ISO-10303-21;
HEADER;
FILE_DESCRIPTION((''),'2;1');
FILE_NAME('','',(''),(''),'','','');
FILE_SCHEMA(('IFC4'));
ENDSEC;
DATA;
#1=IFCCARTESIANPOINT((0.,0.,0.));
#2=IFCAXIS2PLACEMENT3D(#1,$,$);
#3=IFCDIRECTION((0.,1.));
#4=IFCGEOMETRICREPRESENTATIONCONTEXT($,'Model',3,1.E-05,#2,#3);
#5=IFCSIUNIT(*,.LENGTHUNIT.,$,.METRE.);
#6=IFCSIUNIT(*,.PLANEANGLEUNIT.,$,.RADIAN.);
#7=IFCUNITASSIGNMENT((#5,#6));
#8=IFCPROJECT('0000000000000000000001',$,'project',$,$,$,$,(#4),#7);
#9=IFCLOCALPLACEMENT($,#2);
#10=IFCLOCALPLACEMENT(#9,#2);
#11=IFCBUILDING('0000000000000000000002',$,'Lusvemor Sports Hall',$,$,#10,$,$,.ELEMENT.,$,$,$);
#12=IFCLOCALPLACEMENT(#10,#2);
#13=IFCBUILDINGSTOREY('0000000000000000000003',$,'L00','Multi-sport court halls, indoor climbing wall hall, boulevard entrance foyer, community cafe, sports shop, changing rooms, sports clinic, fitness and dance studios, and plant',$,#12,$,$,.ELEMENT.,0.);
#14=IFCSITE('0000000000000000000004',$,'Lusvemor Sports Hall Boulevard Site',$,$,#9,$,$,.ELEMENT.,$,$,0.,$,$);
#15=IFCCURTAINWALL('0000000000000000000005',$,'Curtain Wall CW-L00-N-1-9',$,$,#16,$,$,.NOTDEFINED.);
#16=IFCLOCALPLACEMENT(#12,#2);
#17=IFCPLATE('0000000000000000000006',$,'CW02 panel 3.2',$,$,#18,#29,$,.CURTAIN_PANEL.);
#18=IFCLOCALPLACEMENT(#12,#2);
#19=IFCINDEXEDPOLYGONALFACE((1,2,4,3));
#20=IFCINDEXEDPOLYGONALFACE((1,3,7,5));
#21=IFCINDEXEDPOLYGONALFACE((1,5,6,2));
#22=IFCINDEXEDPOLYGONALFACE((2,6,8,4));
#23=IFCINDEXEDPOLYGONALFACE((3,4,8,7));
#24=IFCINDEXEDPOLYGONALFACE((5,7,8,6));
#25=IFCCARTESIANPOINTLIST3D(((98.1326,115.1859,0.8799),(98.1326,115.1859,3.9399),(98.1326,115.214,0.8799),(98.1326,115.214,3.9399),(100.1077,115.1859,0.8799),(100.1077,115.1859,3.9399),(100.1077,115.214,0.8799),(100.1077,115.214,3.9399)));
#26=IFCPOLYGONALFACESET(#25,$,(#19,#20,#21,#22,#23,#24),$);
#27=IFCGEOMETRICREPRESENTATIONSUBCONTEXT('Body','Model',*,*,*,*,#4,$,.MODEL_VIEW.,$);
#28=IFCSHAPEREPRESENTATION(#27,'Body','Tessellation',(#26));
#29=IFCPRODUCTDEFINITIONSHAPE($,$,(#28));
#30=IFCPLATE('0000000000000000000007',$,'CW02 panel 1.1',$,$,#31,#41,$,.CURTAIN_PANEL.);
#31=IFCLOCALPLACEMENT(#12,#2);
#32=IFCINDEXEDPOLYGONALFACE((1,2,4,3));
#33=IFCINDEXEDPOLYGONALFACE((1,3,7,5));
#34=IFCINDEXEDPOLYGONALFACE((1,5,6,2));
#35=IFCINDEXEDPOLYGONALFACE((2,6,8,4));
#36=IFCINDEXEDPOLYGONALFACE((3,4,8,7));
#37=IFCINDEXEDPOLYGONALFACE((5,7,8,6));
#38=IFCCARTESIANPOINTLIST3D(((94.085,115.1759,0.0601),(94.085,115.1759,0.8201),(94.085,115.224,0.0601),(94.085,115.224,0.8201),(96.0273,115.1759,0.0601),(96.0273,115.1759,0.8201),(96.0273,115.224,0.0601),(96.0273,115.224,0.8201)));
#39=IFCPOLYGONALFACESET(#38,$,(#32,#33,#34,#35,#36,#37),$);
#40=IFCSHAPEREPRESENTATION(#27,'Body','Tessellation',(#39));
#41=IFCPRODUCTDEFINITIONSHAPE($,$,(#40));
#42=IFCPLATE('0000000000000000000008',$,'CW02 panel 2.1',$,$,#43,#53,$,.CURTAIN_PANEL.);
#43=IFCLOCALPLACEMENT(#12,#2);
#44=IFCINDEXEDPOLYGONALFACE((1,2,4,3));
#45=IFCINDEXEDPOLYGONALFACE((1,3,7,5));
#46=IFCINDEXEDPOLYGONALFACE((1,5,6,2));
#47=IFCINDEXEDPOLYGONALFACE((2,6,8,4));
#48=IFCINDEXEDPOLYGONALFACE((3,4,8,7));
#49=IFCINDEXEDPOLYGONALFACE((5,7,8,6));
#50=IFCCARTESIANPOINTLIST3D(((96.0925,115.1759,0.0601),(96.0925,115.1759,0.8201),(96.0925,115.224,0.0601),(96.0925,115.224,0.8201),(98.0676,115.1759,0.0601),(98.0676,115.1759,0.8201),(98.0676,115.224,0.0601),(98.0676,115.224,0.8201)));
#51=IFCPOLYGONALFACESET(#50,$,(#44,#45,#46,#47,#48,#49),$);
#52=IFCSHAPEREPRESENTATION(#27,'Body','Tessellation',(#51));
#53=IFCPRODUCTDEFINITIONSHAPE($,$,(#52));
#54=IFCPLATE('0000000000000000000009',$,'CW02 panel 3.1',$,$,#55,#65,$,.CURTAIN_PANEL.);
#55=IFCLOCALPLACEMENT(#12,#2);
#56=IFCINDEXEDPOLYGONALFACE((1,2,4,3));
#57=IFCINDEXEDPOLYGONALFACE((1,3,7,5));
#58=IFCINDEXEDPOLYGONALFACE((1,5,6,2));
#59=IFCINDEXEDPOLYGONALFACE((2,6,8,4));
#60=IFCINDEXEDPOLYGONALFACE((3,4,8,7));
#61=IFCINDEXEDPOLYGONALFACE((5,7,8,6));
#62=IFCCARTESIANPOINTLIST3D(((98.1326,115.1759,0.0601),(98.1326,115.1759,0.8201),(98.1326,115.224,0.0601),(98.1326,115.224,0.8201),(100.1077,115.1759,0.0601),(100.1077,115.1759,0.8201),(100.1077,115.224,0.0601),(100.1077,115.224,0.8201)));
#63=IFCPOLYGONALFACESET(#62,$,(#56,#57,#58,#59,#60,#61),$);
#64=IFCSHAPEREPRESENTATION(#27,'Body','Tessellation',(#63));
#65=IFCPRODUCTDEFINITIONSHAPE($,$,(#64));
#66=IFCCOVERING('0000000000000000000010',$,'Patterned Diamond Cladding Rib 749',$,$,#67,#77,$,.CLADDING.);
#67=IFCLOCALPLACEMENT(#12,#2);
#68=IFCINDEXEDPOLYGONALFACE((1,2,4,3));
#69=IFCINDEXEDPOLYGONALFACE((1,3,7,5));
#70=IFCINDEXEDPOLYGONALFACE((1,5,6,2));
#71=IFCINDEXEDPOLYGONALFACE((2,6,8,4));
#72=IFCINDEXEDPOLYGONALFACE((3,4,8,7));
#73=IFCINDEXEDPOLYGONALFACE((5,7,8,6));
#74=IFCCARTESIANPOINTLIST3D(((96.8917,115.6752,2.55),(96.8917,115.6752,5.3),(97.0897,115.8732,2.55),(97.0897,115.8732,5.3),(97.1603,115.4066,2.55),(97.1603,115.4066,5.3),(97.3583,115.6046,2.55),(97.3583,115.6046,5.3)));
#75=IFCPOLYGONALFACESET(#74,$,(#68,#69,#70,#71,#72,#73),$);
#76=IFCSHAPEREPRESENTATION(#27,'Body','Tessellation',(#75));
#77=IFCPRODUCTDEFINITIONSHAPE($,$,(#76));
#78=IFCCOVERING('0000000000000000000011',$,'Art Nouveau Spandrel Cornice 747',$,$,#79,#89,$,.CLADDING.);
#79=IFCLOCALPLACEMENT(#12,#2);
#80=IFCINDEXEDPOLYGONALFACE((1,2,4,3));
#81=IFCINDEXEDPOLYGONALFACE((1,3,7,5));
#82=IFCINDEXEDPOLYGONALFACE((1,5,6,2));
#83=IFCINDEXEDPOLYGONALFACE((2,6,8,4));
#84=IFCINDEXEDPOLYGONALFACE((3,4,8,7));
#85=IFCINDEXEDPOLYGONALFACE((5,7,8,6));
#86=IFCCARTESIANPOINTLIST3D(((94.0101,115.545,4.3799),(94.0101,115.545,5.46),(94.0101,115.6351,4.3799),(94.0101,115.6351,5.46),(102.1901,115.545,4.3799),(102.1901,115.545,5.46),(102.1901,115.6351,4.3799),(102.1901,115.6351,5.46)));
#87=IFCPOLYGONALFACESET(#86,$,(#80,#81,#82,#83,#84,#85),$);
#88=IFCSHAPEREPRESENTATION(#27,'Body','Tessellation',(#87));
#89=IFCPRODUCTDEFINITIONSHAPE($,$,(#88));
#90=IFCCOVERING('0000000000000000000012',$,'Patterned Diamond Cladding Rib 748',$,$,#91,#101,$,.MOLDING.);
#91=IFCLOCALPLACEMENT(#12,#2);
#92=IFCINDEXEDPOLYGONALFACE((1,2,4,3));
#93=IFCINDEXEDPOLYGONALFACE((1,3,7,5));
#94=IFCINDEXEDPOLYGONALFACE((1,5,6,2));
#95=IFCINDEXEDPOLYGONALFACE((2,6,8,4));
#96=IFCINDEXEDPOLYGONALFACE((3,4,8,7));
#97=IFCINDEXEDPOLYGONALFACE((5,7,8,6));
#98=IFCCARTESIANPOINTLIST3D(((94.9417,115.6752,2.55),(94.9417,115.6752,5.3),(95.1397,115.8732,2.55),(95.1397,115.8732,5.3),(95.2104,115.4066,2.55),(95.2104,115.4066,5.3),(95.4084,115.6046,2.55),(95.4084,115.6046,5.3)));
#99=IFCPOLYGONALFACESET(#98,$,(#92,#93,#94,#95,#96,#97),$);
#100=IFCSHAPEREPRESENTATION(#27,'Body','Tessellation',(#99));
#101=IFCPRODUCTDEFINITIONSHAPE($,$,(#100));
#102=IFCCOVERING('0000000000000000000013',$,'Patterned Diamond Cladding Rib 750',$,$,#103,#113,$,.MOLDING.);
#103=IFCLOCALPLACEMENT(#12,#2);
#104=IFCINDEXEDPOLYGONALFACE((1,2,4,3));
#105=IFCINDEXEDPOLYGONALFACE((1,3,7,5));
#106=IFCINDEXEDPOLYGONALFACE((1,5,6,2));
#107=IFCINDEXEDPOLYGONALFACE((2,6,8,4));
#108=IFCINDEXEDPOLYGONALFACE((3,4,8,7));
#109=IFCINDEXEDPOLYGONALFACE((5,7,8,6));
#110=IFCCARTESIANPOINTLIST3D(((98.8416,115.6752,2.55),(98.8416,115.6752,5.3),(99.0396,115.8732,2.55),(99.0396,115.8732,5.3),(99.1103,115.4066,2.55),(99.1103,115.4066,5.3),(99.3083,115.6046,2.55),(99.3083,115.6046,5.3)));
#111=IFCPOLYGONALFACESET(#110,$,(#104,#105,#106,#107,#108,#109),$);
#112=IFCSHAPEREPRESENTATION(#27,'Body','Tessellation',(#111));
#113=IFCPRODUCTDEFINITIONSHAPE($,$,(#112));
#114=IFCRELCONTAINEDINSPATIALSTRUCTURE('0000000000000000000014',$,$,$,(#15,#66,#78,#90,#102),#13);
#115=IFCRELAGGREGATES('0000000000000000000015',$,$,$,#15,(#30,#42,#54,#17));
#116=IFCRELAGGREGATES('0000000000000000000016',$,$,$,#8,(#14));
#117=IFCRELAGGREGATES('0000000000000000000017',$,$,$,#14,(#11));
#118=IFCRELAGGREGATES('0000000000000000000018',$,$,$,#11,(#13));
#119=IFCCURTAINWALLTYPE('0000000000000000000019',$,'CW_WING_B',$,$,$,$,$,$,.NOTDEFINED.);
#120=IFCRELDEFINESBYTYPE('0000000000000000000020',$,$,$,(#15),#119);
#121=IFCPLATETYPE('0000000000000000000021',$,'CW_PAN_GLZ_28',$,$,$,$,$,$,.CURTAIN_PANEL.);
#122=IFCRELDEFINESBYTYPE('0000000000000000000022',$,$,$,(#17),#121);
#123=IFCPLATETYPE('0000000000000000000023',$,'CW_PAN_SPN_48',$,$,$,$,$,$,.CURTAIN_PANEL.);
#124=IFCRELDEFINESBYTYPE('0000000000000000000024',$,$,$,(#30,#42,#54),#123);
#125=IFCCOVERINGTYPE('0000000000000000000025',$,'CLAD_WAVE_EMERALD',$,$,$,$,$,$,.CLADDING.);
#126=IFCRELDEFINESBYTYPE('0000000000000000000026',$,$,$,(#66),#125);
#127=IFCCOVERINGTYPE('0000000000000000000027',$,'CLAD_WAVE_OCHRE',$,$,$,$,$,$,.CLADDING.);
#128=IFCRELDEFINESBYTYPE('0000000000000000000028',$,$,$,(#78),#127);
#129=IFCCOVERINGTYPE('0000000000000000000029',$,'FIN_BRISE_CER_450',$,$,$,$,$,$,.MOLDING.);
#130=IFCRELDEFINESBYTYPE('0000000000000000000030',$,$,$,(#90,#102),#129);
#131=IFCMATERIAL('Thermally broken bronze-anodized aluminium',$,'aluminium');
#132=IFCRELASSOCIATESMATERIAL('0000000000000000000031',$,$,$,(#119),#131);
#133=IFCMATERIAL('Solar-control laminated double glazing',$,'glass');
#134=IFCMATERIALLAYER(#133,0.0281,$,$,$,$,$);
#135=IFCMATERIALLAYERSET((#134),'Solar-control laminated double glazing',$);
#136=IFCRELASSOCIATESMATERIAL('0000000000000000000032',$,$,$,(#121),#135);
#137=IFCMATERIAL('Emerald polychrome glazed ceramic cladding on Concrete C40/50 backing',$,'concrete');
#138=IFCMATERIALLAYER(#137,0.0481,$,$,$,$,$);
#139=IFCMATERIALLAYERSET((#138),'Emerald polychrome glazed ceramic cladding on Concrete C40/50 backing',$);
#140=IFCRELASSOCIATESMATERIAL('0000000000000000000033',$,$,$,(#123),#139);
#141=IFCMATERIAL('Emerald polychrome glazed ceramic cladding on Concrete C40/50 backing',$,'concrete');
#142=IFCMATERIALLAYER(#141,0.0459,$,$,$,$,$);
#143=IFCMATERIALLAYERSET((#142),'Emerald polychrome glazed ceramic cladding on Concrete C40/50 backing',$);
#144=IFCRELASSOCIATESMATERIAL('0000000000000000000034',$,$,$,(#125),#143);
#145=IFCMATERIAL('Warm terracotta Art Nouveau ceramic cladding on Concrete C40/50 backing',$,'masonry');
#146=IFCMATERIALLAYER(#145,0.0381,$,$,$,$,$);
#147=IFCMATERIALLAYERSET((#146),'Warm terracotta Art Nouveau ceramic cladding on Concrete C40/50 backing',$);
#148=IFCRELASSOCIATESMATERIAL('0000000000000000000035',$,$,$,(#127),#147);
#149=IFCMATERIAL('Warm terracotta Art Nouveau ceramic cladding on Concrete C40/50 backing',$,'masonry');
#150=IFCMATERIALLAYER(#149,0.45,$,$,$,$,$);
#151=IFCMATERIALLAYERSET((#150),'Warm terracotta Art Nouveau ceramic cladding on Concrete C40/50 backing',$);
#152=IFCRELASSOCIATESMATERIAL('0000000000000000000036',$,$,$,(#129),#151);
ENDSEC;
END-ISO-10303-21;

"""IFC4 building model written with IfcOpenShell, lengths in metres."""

from ifc_helpers import new_model, si_unit, direction, frame, origin, origin_2d, place, context, subcontext, project, spatial, rectangle, extrude, material, layer, layer_set, type_object, element, aggregate, save


model = new_model("IFC4")

# Units and contexts
model_context = context("Model", 3, precision=1e-05, world=origin(), true_north=direction((0.0, 1.0)))
body_context = subcontext(model_context, "Body", "Model", "MODEL_VIEW")
ifc_project = project(units=[si_unit("LENGTHUNIT", "METRE"), si_unit("PLANEANGLEUNIT", "RADIAN")], contexts=[model_context])

# Site, building, storey
site_placement = place(None, origin())
site = spatial("IfcSite", under=ifc_project, at=site_placement, Name="Lusvemor Sports Hall Boulevard Site", CompositionType="ELEMENT", RefElevation=0.0)
building_placement = place(site_placement, origin())
building = spatial("IfcBuilding", under=site, at=building_placement, Name="Lusvemor Sports Hall", CompositionType="ELEMENT")
storey_placement = place(building_placement, origin())
storey = spatial("IfcBuildingStorey", under=building, at=storey_placement, Name="L00", Description="Multi-sport court halls, indoor climbing wall hall, boulevard entrance foyer, community cafe, sports shop, changing rooms, sports clinic, fitness and dance studios, and plant", CompositionType="ELEMENT", Elevation=0.0)

# Curtain wall, plates
ifc_material_1 = material(Name="Thermally broken bronze-anodized aluminium", Category="aluminium")
curtain_wall_type = type_object("IfcCurtainWallType", Name="CW_WING_B", PredefinedType="NOTDEFINED", material=ifc_material_1)
curtain_wall_placement = place(storey_placement, origin())
curtain_wall = element("IfcCurtainWall", 1, at=curtain_wall_placement, inside=storey, type_object=curtain_wall_type, Name="Curtain Wall CW-L00-N-1-9", PredefinedType="NOTDEFINED")
ifc_material_2 = material(Name="Solar-control laminated double glazing", Category="glass")
ifc_layer_1 = layer(ifc_material_2, 0.0281)
ifc_layer_set_1 = layer_set([ifc_layer_1], Name="Solar-control laminated double glazing")
plate_type_1 = type_object("IfcPlateType", Name="CW_PAN_GLZ_28", PredefinedType="CURTAIN_PANEL", material=ifc_layer_set_1)
plate_1_placement = place(storey_placement, frame((99.1201, 115.2, 0.8799), z_axis=(0.0, 0.0, 1.0), x_axis=(1.0, 0.0, 0.0)))
plate_1 = element("IfcPlate", 2, at=plate_1_placement, type_object=plate_type_1, Name="CW02 panel 3.2", PredefinedType="CURTAIN_PANEL", context=body_context, shape_type="SweptSolid", body=[
    extrude(rectangle(XDim=1.9751, YDim=0.0281, at=origin_2d()), origin(), (0.0, 0.0, 1.0), 3.0601),
])
ifc_material_3 = material(Name="Emerald polychrome glazed ceramic cladding on Concrete C40/50 backing", Category="concrete")
ifc_layer_2 = layer(ifc_material_3, 0.0481)
ifc_layer_set_2 = layer_set([ifc_layer_2], Name="Emerald polychrome glazed ceramic cladding on Concrete C40/50 backing")
plate_type_2 = type_object("IfcPlateType", Name="CW_PAN_SPN_48", PredefinedType="CURTAIN_PANEL", material=ifc_layer_set_2)
plate_2_placement = place(storey_placement, frame((95.0562, 115.2, 0.0601), z_axis=(0.0, 0.0, 1.0), x_axis=(1.0, 0.0, 0.0)))
plate_2 = element("IfcPlate", 3, at=plate_2_placement, type_object=plate_type_2, Name="CW02 panel 1.1", PredefinedType="CURTAIN_PANEL", context=body_context, shape_type="SweptSolid", body=[
    extrude(rectangle(XDim=1.9424, YDim=0.0481, at=origin_2d()), origin(), (0.0, 0.0, 1.0), 0.76),
])
plate_3_placement = place(storey_placement, frame((97.0801, 115.2, 0.0601), z_axis=(0.0, 0.0, 1.0), x_axis=(1.0, 0.0, 0.0)))
plate_3 = element("IfcPlate", 4, at=plate_3_placement, type_object=plate_type_2, Name="CW02 panel 2.1", PredefinedType="CURTAIN_PANEL", context=body_context, shape_type="SweptSolid", body=[
    extrude(rectangle(XDim=1.9751, YDim=0.0481, at=origin_2d()), origin(), (0.0, 0.0, 1.0), 0.76),
])
plate_4_placement = place(storey_placement, frame((99.1201, 115.2, 0.0601), z_axis=(0.0, 0.0, 1.0), x_axis=(1.0, 0.0, 0.0)))
plate_4 = element("IfcPlate", 5, at=plate_4_placement, type_object=plate_type_2, Name="CW02 panel 3.1", PredefinedType="CURTAIN_PANEL", context=body_context, shape_type="SweptSolid", body=[
    extrude(rectangle(XDim=1.9751, YDim=0.0481, at=origin_2d()), origin(), (0.0, 0.0, 1.0), 0.76),
])
aggregate(curtain_wall, [plate_2, plate_3, plate_4, plate_1])

# Coverings
ifc_material_4 = material(Name="Emerald polychrome glazed ceramic cladding on Concrete C40/50 backing", Category="concrete")
ifc_layer_3 = layer(ifc_material_4, 0.0459)
ifc_layer_set_3 = layer_set([ifc_layer_3], Name="Emerald polychrome glazed ceramic cladding on Concrete C40/50 backing")
covering_type_1 = type_object("IfcCoveringType", Name="CLAD_WAVE_EMERALD", PredefinedType="CLADDING", material=ifc_layer_set_3)
covering_1_placement = place(storey_placement, frame((97.125, 115.6399, 2.55), z_axis=(0.0, 0.0, 1.0), x_axis=(0.707107, 0.707107, 0.0)))
element("IfcCovering", 6, at=covering_1_placement, inside=storey, type_object=covering_type_1, Name="Patterned Diamond Cladding Rib 749", PredefinedType="CLADDING", context=body_context, shape_type="SweptSolid", body=[
    extrude(rectangle(XDim=0.28, YDim=0.3799, at=origin_2d()), origin(), (0.0, 0.0, 1.0), 2.75),
])
ifc_material_5 = material(Name="Warm terracotta Art Nouveau ceramic cladding on Concrete C40/50 backing", Category="masonry")
ifc_layer_4 = layer(ifc_material_5, 0.0381)
ifc_layer_set_4 = layer_set([ifc_layer_4], Name="Warm terracotta Art Nouveau ceramic cladding on Concrete C40/50 backing")
covering_type_2 = type_object("IfcCoveringType", Name="CLAD_WAVE_OCHRE", PredefinedType="CLADDING", material=ifc_layer_set_4)
covering_2_placement = place(storey_placement, frame((98.1001, 115.5901, 4.3799), z_axis=(0.0, 0.0, 1.0), x_axis=(1.0, 0.0, 0.0)))
element("IfcCovering", 7, at=covering_2_placement, inside=storey, type_object=covering_type_2, Name="Art Nouveau Spandrel Cornice 747", PredefinedType="CLADDING", context=body_context, shape_type="SweptSolid", body=[
    extrude(rectangle(XDim=8.1799, YDim=0.0901, at=origin_2d()), origin(), (0.0, 0.0, 1.0), 1.0801),
])
ifc_material_6 = material(Name="Warm terracotta Art Nouveau ceramic cladding on Concrete C40/50 backing", Category="masonry")
ifc_layer_5 = layer(ifc_material_6, 0.45)
ifc_layer_set_5 = layer_set([ifc_layer_5], Name="Warm terracotta Art Nouveau ceramic cladding on Concrete C40/50 backing")
covering_type_3 = type_object("IfcCoveringType", Name="FIN_BRISE_CER_450", PredefinedType="MOLDING", material=ifc_layer_set_5)
for number, where, z_axis, x_axis, name in (
    (8, (95.175, 115.6399, 2.55), (0.0, 0.0, 1.0), (0.707107, 0.707107, 0.0), "Patterned Diamond Cladding Rib 748"),
    (9, (99.075, 115.6399, 2.55), (0.0, 0.0, 1.0), (0.707107, 0.707107, 0.0), "Patterned Diamond Cladding Rib 750"),
):
    element("IfcCovering", number, at=place(storey_placement, frame(where, z_axis=z_axis, x_axis=x_axis)), inside=storey, type_object=covering_type_3, Name=name, PredefinedType="MOLDING", context=body_context, shape_type="SweptSolid", body=[
        extrude(rectangle(XDim=0.28, YDim=0.3799, at=origin_2d()), origin(), (0.0, 0.0, 1.0), 2.75),
    ])

save(model, "model.ifc")
